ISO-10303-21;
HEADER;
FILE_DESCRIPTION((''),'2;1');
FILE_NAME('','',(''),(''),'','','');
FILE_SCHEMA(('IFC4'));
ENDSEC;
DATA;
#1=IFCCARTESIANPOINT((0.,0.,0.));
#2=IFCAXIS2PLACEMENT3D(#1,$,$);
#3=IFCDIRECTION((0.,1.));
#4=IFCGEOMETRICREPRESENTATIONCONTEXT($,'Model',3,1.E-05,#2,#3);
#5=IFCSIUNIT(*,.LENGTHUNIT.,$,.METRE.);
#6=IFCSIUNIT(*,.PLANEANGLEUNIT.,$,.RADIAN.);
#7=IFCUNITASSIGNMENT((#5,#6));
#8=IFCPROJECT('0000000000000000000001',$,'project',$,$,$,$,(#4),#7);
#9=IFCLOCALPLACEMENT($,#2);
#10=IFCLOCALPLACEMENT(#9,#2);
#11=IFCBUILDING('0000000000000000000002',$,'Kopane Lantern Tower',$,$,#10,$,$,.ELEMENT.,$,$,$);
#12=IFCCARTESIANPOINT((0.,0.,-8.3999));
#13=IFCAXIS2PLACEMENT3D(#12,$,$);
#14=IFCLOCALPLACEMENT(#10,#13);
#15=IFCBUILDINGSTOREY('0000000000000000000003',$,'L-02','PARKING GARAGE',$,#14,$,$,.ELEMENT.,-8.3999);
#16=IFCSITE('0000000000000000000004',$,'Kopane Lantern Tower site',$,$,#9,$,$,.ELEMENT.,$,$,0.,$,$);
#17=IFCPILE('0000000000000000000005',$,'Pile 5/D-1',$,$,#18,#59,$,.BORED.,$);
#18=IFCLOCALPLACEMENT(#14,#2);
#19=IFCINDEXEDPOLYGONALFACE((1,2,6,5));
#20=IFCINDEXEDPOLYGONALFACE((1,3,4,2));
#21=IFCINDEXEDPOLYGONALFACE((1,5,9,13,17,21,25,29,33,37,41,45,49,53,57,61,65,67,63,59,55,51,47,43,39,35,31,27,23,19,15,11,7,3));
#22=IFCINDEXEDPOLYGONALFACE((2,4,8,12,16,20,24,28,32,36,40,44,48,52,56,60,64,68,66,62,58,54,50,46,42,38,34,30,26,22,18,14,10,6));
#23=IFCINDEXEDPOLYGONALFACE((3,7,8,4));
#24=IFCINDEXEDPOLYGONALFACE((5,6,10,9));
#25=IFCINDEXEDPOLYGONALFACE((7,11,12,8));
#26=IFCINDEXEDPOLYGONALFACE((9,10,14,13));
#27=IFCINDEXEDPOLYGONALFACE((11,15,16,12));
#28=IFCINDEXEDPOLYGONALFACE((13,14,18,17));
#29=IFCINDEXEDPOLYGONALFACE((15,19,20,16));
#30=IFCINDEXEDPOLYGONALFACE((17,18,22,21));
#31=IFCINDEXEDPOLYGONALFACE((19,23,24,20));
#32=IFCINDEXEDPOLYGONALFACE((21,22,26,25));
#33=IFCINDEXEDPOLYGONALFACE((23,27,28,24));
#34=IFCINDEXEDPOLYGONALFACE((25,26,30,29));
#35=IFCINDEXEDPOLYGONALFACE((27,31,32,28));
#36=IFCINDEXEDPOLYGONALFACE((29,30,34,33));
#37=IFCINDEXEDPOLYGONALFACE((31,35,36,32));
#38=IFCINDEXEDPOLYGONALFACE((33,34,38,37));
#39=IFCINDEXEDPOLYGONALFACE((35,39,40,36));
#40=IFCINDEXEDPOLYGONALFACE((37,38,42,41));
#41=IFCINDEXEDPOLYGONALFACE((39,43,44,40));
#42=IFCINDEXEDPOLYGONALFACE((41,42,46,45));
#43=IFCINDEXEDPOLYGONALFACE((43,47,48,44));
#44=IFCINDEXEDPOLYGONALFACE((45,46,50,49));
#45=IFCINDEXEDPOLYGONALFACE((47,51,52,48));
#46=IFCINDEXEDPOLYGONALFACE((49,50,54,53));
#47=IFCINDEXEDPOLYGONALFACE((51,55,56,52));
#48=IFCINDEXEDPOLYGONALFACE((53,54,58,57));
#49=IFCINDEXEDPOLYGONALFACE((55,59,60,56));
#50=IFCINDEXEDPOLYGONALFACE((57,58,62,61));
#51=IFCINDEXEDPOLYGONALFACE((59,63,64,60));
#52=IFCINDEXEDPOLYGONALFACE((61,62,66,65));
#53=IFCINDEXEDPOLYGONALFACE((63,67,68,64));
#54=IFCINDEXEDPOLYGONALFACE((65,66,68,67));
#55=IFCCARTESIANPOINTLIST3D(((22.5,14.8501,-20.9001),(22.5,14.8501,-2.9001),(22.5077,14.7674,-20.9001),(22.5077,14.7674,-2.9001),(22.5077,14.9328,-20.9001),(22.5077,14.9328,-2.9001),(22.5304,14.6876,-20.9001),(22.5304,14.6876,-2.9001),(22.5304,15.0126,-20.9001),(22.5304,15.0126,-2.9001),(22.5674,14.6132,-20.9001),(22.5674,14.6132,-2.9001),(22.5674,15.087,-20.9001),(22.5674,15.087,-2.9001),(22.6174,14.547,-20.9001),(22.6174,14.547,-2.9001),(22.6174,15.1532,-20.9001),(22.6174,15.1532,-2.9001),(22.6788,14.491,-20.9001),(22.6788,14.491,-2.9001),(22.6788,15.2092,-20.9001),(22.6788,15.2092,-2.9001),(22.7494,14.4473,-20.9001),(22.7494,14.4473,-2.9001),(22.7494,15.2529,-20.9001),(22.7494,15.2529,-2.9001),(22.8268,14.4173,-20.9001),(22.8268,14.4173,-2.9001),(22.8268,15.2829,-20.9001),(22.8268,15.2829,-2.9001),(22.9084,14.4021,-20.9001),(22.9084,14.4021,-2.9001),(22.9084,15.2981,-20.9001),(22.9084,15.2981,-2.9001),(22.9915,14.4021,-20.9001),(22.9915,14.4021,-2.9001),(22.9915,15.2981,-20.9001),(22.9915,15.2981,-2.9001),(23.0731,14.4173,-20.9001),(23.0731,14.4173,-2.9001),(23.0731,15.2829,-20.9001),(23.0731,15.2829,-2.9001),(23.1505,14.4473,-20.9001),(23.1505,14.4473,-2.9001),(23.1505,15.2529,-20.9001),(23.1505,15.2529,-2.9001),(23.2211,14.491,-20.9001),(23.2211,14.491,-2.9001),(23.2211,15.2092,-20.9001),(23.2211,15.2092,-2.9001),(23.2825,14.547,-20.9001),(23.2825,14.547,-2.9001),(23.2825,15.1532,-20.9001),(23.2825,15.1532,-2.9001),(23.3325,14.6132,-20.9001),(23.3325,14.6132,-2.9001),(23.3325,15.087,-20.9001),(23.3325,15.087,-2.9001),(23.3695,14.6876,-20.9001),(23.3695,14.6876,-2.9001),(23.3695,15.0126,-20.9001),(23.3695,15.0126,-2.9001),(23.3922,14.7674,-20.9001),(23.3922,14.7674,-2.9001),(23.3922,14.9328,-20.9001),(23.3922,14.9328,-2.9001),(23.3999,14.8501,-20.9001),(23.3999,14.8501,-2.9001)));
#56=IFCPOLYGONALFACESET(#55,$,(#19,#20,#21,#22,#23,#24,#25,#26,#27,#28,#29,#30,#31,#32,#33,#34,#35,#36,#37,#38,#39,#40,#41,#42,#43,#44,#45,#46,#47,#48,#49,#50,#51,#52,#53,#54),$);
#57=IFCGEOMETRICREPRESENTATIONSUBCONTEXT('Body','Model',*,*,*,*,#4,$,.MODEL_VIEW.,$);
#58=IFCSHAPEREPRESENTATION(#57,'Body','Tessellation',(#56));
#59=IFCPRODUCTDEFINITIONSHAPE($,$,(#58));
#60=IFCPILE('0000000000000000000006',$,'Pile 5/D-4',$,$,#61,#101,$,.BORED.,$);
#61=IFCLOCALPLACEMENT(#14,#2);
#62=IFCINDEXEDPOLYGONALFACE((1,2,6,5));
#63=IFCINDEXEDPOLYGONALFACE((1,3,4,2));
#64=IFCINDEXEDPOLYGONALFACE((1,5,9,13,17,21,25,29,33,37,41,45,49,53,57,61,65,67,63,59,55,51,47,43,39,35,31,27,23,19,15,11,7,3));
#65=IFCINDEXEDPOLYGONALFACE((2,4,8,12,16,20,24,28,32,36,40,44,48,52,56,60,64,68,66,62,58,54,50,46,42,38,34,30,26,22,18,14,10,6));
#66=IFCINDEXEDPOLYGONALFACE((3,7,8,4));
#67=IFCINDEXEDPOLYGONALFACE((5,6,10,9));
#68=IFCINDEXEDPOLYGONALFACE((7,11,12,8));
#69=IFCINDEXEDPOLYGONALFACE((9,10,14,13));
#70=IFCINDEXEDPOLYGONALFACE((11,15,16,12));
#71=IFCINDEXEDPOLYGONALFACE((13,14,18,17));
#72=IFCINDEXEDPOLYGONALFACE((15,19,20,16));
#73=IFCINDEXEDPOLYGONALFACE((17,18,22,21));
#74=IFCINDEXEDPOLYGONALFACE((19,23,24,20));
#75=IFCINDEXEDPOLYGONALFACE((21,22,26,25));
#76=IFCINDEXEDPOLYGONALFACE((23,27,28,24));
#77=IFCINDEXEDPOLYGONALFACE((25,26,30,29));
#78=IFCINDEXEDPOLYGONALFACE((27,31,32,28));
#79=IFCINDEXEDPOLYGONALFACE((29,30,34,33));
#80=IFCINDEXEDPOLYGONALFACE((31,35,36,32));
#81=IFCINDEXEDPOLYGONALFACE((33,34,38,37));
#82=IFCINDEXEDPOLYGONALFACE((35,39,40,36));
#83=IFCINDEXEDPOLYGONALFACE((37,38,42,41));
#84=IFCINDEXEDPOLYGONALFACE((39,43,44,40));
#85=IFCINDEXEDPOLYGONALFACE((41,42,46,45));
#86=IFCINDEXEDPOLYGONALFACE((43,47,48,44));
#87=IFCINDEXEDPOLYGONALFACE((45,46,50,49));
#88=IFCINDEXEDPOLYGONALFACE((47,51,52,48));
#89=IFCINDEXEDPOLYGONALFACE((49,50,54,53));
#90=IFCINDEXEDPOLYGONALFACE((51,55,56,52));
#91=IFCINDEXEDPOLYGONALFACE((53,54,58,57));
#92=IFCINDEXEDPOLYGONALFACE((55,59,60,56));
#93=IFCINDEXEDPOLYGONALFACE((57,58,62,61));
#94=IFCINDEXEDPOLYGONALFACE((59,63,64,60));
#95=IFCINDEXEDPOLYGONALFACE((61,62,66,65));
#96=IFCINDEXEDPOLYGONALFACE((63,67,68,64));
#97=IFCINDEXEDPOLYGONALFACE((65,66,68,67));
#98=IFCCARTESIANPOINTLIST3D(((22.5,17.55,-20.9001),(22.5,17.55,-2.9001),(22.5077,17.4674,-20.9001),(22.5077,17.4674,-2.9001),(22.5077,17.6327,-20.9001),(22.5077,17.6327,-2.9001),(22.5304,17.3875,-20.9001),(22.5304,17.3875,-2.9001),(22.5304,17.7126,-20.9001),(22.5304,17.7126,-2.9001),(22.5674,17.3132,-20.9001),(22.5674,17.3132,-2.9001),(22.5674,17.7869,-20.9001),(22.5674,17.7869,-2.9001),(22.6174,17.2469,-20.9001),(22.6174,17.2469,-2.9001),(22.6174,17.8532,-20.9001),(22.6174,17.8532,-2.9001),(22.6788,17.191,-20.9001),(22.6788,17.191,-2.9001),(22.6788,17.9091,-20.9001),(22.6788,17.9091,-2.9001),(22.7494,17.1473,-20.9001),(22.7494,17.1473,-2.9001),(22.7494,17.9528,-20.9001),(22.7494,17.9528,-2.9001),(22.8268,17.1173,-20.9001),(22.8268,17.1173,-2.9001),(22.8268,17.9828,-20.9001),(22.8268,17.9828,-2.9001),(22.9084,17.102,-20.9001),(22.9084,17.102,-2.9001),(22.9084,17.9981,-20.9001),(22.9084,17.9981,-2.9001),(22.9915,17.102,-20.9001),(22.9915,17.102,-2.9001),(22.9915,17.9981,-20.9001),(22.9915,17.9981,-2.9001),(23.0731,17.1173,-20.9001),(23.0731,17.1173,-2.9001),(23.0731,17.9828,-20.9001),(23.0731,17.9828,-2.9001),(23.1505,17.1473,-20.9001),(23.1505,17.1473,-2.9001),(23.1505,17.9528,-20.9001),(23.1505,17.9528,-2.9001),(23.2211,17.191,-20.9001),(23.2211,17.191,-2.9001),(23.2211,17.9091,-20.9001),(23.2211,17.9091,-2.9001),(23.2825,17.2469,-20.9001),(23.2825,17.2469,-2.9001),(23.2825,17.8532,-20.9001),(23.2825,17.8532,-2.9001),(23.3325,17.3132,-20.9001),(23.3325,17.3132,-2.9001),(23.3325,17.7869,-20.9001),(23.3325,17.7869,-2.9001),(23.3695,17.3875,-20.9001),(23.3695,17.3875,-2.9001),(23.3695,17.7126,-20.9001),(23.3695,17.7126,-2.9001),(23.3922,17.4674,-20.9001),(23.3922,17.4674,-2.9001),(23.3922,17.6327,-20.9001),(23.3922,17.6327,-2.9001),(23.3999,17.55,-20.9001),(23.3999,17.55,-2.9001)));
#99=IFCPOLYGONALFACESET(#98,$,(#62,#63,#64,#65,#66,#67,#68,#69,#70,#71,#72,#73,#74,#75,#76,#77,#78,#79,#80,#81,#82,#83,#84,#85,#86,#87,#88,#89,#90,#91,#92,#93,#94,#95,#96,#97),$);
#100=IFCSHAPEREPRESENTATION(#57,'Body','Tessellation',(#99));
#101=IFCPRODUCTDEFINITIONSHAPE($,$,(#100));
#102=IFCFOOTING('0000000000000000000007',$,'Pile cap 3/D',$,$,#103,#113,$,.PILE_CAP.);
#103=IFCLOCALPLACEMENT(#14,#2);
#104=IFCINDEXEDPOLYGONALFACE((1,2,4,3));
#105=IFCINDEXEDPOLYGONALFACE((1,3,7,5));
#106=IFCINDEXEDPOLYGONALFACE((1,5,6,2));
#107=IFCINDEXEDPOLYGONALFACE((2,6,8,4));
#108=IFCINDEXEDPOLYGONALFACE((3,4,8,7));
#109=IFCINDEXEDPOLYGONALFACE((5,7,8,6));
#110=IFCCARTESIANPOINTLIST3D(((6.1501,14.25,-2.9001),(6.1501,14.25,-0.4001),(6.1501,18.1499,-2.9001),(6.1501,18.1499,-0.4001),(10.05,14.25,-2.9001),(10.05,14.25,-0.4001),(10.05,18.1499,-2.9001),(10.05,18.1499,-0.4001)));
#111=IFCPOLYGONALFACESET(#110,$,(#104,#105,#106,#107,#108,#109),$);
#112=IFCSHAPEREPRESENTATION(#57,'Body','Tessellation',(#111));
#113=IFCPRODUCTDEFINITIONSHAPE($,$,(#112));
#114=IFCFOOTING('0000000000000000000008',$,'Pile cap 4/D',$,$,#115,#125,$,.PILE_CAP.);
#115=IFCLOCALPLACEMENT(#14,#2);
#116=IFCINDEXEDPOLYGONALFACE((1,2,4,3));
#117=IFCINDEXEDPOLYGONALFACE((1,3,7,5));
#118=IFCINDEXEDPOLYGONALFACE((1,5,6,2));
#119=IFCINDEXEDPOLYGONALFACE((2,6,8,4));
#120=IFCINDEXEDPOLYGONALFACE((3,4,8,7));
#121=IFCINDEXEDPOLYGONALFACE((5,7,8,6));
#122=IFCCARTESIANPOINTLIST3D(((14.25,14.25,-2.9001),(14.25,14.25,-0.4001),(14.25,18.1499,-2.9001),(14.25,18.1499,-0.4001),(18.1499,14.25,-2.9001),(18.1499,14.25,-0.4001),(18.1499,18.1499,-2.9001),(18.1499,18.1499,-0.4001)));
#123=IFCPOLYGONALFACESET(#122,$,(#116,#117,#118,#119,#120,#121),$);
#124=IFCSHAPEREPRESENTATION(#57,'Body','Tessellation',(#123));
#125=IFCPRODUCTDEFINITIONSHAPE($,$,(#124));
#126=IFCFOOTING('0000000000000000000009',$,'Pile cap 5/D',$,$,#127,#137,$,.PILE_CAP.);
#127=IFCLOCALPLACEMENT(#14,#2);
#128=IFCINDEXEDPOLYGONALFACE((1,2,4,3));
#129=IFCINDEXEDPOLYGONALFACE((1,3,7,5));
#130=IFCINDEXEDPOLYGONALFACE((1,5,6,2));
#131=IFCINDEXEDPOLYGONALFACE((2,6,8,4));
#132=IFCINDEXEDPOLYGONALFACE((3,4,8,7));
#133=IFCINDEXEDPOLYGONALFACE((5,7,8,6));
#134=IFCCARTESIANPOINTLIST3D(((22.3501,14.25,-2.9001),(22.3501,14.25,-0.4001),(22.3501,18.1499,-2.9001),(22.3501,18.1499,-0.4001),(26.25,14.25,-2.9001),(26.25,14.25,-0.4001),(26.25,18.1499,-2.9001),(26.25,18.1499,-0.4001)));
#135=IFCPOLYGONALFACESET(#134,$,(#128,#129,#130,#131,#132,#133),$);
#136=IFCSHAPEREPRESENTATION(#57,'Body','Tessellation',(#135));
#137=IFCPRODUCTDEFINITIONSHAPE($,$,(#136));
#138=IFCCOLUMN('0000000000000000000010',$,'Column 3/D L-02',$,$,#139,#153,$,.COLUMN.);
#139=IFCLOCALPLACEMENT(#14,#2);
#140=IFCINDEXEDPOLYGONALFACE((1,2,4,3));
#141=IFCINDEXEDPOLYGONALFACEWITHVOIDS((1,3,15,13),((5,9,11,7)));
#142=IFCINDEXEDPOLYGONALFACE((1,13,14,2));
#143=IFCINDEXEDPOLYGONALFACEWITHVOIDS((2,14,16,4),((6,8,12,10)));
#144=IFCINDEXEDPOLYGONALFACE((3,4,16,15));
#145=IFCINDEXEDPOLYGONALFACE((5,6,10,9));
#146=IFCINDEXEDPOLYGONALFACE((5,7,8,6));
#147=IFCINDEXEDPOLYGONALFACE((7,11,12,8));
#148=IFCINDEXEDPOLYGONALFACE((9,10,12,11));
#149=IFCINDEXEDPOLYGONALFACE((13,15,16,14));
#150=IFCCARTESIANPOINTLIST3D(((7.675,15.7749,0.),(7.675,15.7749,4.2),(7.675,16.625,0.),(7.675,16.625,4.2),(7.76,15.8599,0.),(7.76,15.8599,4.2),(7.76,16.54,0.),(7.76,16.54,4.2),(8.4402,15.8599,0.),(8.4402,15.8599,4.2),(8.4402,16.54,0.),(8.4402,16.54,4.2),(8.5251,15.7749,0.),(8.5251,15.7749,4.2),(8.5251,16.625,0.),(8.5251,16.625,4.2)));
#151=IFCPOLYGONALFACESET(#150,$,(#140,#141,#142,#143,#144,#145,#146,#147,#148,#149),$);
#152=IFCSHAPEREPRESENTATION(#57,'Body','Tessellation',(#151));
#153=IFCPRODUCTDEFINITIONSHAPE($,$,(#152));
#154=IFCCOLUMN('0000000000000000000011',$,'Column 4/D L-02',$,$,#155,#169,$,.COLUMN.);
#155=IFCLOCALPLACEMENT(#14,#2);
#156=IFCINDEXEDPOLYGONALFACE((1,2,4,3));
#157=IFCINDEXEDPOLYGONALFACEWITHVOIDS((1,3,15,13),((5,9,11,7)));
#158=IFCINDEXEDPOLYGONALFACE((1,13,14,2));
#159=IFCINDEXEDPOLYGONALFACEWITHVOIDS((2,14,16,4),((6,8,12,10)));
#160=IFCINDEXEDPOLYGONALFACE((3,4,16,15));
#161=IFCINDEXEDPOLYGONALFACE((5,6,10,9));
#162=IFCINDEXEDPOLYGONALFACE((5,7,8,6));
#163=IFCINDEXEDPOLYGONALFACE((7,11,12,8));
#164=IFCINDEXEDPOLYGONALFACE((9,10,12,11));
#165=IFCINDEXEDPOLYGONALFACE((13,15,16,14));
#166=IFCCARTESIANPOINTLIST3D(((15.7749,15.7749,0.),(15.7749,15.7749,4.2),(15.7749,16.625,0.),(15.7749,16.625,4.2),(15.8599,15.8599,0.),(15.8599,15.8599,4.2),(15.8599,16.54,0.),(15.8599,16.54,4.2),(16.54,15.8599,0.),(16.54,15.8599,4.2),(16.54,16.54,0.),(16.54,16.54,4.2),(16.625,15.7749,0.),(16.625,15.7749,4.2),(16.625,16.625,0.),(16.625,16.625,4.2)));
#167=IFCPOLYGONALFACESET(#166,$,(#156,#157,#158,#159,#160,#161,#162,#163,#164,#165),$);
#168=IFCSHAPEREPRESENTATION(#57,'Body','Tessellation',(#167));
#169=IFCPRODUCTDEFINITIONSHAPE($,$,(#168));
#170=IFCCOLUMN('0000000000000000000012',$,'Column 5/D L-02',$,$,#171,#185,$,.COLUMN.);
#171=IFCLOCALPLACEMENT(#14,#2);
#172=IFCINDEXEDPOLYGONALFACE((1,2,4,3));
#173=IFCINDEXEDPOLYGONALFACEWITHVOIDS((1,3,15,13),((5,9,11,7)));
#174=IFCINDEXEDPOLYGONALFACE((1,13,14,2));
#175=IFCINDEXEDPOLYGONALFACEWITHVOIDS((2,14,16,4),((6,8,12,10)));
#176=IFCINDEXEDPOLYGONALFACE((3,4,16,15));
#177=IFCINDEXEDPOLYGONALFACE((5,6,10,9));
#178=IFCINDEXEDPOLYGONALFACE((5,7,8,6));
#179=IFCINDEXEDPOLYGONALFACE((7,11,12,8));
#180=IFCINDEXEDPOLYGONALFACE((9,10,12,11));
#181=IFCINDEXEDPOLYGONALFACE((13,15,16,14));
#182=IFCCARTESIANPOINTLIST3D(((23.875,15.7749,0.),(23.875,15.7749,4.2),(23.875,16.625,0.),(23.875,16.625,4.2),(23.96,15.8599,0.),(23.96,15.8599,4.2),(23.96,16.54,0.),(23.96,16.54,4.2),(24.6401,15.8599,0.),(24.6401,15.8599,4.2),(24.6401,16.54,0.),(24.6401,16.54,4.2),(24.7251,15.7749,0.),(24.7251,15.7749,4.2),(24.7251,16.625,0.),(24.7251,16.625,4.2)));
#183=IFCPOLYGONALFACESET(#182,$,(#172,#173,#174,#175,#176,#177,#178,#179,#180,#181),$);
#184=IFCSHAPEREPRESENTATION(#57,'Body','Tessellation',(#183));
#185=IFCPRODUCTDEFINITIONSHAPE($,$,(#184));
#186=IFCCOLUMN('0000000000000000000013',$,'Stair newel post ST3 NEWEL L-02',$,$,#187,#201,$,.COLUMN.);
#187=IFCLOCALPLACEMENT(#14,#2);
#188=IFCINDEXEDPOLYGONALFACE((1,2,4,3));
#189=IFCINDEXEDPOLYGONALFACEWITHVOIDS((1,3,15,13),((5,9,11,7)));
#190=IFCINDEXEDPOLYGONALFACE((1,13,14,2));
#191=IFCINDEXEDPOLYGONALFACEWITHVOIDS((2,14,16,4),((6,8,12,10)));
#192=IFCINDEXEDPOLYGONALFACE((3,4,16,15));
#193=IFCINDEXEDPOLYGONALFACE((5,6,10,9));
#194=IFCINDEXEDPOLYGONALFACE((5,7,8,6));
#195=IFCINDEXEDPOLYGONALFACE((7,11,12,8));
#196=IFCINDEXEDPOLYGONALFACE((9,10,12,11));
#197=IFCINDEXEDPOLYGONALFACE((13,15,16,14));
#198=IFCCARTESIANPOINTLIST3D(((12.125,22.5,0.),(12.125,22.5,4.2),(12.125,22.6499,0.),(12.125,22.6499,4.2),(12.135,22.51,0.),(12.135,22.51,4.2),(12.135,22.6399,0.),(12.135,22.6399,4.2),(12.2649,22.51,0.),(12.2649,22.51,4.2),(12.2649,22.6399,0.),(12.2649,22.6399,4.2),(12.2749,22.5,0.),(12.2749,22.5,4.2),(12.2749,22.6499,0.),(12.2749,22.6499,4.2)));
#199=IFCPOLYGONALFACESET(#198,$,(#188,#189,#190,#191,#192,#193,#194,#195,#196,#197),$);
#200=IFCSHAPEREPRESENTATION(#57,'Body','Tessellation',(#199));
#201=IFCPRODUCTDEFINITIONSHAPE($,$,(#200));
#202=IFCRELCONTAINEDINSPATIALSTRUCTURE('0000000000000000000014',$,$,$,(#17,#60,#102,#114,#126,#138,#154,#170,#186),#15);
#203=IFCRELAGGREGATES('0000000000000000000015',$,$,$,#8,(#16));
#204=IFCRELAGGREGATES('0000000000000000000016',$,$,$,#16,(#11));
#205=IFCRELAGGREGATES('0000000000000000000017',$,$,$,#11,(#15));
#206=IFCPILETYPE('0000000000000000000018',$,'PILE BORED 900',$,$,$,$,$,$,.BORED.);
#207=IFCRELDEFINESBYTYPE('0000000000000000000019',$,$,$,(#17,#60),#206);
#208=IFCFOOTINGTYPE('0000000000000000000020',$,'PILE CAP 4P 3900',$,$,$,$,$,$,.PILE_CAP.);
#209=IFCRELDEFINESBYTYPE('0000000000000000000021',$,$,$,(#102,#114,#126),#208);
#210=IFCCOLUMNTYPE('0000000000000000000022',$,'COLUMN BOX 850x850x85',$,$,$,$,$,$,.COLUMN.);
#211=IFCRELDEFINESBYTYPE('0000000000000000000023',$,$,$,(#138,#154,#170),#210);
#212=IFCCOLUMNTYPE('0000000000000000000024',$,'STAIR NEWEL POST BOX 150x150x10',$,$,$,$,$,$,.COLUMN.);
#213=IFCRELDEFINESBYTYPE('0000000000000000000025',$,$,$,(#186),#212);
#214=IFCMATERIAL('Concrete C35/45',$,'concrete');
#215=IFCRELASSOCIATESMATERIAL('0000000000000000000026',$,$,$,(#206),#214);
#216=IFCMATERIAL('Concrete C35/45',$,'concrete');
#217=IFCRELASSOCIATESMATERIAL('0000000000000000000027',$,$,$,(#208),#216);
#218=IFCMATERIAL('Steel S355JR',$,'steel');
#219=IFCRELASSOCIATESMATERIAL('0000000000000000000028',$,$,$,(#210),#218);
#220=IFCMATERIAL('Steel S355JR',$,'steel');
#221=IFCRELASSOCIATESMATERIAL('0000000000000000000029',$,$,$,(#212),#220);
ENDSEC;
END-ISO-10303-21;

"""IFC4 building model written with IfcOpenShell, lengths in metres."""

from ifc_helpers import new_model, si_unit, direction, frame, origin, origin_2d, place, context, subcontext, project, spatial, rectangle, hollow_rectangle, circle, extrude, material, material_profile, profile_set, type_object, element, save


model = new_model("IFC4")

# Units and contexts
model_context = context("Model", 3, precision=1e-05, world=origin(), true_north=direction((0.0, 1.0)))
body_context = subcontext(model_context, "Body", "Model", "MODEL_VIEW")
ifc_project = project(units=[si_unit("LENGTHUNIT", "METRE"), si_unit("PLANEANGLEUNIT", "RADIAN")], contexts=[model_context])

# Site, building, storey
site_placement = place(None, origin())
site = spatial("IfcSite", under=ifc_project, at=site_placement, Name="Kopane Lantern Tower site", CompositionType="ELEMENT", RefElevation=0.0)
building_placement = place(site_placement, origin())
building = spatial("IfcBuilding", under=site, at=building_placement, Name="Kopane Lantern Tower", CompositionType="ELEMENT")
storey_placement = place(building_placement, frame((0.0, 0.0, -8.3999)))
storey = spatial("IfcBuildingStorey", under=building, at=storey_placement, Name="L-02", Description="PARKING GARAGE", CompositionType="ELEMENT", Elevation=-8.3999)

# Piles
ifc_material_1 = material(Name="Concrete C35/45", Category="concrete")
ifc_material_profile_1 = material_profile(ifc_material_1, circle(Radius=0.45, at=origin_2d()), Name="D900")
ifc_profile_set_1 = profile_set([ifc_material_profile_1], Name="Concrete C35/45")
pile_type_1 = type_object("IfcPileType", Name="PILE BORED 900", PredefinedType="BORED", material=ifc_profile_set_1)
for number, where, z_axis, x_axis, name in (
    (1, (22.95, 14.8501, -2.9001), (0.0, 0.0, -1.0), (1.0, 0.0, 0.0), "Pile 5/D-1"),
    (2, (22.95, 17.55, -2.9001), (0.0, 0.0, -1.0), (1.0, 0.0, 0.0), "Pile 5/D-4"),
):
    element("IfcPile", number, at=place(storey_placement, frame(where, z_axis=z_axis, x_axis=x_axis)), inside=storey, type_object=pile_type_1, Name=name, PredefinedType="BORED", context=body_context, shape_type="SweptSolid", body=[
        extrude(circle(Radius=0.45, at=origin_2d()), origin(), (0.0, 0.0, 1.0), 18.0),
    ])

# Footings
ifc_material_2 = material(Name="Concrete C35/45", Category="concrete")
footing_type = type_object("IfcFootingType", Name="PILE CAP 4P 3900", PredefinedType="PILE_CAP", material=ifc_material_2)
for number, where, z_axis, x_axis, name in (
    (3, (8.1001, 16.2, -2.9001), (0.0, 0.0, 1.0), (1.0, 0.0, 0.0), "Pile cap 3/D"),
    (4, (16.2, 16.2, -2.9001), (0.0, 0.0, 1.0), (1.0, 0.0, 0.0), "Pile cap 4/D"),
    (5, (24.3, 16.2, -2.9001), (0.0, 0.0, 1.0), (1.0, 0.0, 0.0), "Pile cap 5/D"),
):
    element("IfcFooting", number, at=place(storey_placement, frame(where, z_axis=z_axis, x_axis=x_axis)), inside=storey, type_object=footing_type, Name=name, PredefinedType="PILE_CAP", context=body_context, shape_type="SweptSolid", body=[
        extrude(rectangle(XDim=3.8999, YDim=3.8999, at=origin_2d()), origin(), (0.0, 0.0, 1.0), 2.5),
    ])

# Columns
ifc_material_3 = material(Name="Steel S355JR", Category="steel")
ifc_material_profile_2 = material_profile(ifc_material_3, hollow_rectangle(XDim=0.8501, YDim=0.8501, WallThickness=0.085, at=origin_2d()), Name="BOX 850x850x85")
ifc_profile_set_2 = profile_set([ifc_material_profile_2], Name="Steel S355JR")
column_type_1 = type_object("IfcColumnType", Name="COLUMN BOX 850x850x85", PredefinedType="COLUMN", material=ifc_profile_set_2)
for number, where, z_axis, x_axis, name in (
    (6, (8.1001, 16.2, 0.0), (0.0, 0.0, 1.0), (1.0, 0.0, 0.0), "Column 3/D L-02"),
    (7, (16.2, 16.2, 0.0), (0.0, 0.0, 1.0), (1.0, 0.0, 0.0), "Column 4/D L-02"),
    (8, (24.3, 16.2, 0.0), (0.0, 0.0, 1.0), (1.0, 0.0, 0.0), "Column 5/D L-02"),
):
    element("IfcColumn", number, at=place(storey_placement, frame(where, z_axis=z_axis, x_axis=x_axis)), inside=storey, type_object=column_type_1, Name=name, PredefinedType="COLUMN", context=body_context, shape_type="SweptSolid", body=[
        extrude(hollow_rectangle(XDim=0.8501, YDim=0.8501, WallThickness=0.085, at=origin_2d()), origin(), (0.0, 0.0, 1.0), 4.2),
    ])
ifc_material_4 = material(Name="Steel S355JR", Category="steel")
ifc_material_profile_3 = material_profile(ifc_material_4, hollow_rectangle(XDim=0.1499, YDim=0.1499, WallThickness=0.01, at=origin_2d()), Name="BOX 150x150x10")
ifc_profile_set_3 = profile_set([ifc_material_profile_3], Name="Steel S355JR")
column_type_2 = type_object("IfcColumnType", Name="STAIR NEWEL POST BOX 150x150x10", PredefinedType="COLUMN", material=ifc_profile_set_3)
column_placement = place(storey_placement, frame((12.2, 22.575, 0.0), z_axis=(0.0, 0.0, 1.0), x_axis=(1.0, 0.0, 0.0)))
element("IfcColumn", 9, at=column_placement, inside=storey, type_object=column_type_2, Name="Stair newel post ST3 NEWEL L-02", PredefinedType="COLUMN", context=body_context, shape_type="SweptSolid", body=[
    extrude(hollow_rectangle(XDim=0.1499, YDim=0.1499, WallThickness=0.01, at=origin_2d()), origin(), (0.0, 0.0, 1.0), 4.2),
])

save(model, "model.ifc")
